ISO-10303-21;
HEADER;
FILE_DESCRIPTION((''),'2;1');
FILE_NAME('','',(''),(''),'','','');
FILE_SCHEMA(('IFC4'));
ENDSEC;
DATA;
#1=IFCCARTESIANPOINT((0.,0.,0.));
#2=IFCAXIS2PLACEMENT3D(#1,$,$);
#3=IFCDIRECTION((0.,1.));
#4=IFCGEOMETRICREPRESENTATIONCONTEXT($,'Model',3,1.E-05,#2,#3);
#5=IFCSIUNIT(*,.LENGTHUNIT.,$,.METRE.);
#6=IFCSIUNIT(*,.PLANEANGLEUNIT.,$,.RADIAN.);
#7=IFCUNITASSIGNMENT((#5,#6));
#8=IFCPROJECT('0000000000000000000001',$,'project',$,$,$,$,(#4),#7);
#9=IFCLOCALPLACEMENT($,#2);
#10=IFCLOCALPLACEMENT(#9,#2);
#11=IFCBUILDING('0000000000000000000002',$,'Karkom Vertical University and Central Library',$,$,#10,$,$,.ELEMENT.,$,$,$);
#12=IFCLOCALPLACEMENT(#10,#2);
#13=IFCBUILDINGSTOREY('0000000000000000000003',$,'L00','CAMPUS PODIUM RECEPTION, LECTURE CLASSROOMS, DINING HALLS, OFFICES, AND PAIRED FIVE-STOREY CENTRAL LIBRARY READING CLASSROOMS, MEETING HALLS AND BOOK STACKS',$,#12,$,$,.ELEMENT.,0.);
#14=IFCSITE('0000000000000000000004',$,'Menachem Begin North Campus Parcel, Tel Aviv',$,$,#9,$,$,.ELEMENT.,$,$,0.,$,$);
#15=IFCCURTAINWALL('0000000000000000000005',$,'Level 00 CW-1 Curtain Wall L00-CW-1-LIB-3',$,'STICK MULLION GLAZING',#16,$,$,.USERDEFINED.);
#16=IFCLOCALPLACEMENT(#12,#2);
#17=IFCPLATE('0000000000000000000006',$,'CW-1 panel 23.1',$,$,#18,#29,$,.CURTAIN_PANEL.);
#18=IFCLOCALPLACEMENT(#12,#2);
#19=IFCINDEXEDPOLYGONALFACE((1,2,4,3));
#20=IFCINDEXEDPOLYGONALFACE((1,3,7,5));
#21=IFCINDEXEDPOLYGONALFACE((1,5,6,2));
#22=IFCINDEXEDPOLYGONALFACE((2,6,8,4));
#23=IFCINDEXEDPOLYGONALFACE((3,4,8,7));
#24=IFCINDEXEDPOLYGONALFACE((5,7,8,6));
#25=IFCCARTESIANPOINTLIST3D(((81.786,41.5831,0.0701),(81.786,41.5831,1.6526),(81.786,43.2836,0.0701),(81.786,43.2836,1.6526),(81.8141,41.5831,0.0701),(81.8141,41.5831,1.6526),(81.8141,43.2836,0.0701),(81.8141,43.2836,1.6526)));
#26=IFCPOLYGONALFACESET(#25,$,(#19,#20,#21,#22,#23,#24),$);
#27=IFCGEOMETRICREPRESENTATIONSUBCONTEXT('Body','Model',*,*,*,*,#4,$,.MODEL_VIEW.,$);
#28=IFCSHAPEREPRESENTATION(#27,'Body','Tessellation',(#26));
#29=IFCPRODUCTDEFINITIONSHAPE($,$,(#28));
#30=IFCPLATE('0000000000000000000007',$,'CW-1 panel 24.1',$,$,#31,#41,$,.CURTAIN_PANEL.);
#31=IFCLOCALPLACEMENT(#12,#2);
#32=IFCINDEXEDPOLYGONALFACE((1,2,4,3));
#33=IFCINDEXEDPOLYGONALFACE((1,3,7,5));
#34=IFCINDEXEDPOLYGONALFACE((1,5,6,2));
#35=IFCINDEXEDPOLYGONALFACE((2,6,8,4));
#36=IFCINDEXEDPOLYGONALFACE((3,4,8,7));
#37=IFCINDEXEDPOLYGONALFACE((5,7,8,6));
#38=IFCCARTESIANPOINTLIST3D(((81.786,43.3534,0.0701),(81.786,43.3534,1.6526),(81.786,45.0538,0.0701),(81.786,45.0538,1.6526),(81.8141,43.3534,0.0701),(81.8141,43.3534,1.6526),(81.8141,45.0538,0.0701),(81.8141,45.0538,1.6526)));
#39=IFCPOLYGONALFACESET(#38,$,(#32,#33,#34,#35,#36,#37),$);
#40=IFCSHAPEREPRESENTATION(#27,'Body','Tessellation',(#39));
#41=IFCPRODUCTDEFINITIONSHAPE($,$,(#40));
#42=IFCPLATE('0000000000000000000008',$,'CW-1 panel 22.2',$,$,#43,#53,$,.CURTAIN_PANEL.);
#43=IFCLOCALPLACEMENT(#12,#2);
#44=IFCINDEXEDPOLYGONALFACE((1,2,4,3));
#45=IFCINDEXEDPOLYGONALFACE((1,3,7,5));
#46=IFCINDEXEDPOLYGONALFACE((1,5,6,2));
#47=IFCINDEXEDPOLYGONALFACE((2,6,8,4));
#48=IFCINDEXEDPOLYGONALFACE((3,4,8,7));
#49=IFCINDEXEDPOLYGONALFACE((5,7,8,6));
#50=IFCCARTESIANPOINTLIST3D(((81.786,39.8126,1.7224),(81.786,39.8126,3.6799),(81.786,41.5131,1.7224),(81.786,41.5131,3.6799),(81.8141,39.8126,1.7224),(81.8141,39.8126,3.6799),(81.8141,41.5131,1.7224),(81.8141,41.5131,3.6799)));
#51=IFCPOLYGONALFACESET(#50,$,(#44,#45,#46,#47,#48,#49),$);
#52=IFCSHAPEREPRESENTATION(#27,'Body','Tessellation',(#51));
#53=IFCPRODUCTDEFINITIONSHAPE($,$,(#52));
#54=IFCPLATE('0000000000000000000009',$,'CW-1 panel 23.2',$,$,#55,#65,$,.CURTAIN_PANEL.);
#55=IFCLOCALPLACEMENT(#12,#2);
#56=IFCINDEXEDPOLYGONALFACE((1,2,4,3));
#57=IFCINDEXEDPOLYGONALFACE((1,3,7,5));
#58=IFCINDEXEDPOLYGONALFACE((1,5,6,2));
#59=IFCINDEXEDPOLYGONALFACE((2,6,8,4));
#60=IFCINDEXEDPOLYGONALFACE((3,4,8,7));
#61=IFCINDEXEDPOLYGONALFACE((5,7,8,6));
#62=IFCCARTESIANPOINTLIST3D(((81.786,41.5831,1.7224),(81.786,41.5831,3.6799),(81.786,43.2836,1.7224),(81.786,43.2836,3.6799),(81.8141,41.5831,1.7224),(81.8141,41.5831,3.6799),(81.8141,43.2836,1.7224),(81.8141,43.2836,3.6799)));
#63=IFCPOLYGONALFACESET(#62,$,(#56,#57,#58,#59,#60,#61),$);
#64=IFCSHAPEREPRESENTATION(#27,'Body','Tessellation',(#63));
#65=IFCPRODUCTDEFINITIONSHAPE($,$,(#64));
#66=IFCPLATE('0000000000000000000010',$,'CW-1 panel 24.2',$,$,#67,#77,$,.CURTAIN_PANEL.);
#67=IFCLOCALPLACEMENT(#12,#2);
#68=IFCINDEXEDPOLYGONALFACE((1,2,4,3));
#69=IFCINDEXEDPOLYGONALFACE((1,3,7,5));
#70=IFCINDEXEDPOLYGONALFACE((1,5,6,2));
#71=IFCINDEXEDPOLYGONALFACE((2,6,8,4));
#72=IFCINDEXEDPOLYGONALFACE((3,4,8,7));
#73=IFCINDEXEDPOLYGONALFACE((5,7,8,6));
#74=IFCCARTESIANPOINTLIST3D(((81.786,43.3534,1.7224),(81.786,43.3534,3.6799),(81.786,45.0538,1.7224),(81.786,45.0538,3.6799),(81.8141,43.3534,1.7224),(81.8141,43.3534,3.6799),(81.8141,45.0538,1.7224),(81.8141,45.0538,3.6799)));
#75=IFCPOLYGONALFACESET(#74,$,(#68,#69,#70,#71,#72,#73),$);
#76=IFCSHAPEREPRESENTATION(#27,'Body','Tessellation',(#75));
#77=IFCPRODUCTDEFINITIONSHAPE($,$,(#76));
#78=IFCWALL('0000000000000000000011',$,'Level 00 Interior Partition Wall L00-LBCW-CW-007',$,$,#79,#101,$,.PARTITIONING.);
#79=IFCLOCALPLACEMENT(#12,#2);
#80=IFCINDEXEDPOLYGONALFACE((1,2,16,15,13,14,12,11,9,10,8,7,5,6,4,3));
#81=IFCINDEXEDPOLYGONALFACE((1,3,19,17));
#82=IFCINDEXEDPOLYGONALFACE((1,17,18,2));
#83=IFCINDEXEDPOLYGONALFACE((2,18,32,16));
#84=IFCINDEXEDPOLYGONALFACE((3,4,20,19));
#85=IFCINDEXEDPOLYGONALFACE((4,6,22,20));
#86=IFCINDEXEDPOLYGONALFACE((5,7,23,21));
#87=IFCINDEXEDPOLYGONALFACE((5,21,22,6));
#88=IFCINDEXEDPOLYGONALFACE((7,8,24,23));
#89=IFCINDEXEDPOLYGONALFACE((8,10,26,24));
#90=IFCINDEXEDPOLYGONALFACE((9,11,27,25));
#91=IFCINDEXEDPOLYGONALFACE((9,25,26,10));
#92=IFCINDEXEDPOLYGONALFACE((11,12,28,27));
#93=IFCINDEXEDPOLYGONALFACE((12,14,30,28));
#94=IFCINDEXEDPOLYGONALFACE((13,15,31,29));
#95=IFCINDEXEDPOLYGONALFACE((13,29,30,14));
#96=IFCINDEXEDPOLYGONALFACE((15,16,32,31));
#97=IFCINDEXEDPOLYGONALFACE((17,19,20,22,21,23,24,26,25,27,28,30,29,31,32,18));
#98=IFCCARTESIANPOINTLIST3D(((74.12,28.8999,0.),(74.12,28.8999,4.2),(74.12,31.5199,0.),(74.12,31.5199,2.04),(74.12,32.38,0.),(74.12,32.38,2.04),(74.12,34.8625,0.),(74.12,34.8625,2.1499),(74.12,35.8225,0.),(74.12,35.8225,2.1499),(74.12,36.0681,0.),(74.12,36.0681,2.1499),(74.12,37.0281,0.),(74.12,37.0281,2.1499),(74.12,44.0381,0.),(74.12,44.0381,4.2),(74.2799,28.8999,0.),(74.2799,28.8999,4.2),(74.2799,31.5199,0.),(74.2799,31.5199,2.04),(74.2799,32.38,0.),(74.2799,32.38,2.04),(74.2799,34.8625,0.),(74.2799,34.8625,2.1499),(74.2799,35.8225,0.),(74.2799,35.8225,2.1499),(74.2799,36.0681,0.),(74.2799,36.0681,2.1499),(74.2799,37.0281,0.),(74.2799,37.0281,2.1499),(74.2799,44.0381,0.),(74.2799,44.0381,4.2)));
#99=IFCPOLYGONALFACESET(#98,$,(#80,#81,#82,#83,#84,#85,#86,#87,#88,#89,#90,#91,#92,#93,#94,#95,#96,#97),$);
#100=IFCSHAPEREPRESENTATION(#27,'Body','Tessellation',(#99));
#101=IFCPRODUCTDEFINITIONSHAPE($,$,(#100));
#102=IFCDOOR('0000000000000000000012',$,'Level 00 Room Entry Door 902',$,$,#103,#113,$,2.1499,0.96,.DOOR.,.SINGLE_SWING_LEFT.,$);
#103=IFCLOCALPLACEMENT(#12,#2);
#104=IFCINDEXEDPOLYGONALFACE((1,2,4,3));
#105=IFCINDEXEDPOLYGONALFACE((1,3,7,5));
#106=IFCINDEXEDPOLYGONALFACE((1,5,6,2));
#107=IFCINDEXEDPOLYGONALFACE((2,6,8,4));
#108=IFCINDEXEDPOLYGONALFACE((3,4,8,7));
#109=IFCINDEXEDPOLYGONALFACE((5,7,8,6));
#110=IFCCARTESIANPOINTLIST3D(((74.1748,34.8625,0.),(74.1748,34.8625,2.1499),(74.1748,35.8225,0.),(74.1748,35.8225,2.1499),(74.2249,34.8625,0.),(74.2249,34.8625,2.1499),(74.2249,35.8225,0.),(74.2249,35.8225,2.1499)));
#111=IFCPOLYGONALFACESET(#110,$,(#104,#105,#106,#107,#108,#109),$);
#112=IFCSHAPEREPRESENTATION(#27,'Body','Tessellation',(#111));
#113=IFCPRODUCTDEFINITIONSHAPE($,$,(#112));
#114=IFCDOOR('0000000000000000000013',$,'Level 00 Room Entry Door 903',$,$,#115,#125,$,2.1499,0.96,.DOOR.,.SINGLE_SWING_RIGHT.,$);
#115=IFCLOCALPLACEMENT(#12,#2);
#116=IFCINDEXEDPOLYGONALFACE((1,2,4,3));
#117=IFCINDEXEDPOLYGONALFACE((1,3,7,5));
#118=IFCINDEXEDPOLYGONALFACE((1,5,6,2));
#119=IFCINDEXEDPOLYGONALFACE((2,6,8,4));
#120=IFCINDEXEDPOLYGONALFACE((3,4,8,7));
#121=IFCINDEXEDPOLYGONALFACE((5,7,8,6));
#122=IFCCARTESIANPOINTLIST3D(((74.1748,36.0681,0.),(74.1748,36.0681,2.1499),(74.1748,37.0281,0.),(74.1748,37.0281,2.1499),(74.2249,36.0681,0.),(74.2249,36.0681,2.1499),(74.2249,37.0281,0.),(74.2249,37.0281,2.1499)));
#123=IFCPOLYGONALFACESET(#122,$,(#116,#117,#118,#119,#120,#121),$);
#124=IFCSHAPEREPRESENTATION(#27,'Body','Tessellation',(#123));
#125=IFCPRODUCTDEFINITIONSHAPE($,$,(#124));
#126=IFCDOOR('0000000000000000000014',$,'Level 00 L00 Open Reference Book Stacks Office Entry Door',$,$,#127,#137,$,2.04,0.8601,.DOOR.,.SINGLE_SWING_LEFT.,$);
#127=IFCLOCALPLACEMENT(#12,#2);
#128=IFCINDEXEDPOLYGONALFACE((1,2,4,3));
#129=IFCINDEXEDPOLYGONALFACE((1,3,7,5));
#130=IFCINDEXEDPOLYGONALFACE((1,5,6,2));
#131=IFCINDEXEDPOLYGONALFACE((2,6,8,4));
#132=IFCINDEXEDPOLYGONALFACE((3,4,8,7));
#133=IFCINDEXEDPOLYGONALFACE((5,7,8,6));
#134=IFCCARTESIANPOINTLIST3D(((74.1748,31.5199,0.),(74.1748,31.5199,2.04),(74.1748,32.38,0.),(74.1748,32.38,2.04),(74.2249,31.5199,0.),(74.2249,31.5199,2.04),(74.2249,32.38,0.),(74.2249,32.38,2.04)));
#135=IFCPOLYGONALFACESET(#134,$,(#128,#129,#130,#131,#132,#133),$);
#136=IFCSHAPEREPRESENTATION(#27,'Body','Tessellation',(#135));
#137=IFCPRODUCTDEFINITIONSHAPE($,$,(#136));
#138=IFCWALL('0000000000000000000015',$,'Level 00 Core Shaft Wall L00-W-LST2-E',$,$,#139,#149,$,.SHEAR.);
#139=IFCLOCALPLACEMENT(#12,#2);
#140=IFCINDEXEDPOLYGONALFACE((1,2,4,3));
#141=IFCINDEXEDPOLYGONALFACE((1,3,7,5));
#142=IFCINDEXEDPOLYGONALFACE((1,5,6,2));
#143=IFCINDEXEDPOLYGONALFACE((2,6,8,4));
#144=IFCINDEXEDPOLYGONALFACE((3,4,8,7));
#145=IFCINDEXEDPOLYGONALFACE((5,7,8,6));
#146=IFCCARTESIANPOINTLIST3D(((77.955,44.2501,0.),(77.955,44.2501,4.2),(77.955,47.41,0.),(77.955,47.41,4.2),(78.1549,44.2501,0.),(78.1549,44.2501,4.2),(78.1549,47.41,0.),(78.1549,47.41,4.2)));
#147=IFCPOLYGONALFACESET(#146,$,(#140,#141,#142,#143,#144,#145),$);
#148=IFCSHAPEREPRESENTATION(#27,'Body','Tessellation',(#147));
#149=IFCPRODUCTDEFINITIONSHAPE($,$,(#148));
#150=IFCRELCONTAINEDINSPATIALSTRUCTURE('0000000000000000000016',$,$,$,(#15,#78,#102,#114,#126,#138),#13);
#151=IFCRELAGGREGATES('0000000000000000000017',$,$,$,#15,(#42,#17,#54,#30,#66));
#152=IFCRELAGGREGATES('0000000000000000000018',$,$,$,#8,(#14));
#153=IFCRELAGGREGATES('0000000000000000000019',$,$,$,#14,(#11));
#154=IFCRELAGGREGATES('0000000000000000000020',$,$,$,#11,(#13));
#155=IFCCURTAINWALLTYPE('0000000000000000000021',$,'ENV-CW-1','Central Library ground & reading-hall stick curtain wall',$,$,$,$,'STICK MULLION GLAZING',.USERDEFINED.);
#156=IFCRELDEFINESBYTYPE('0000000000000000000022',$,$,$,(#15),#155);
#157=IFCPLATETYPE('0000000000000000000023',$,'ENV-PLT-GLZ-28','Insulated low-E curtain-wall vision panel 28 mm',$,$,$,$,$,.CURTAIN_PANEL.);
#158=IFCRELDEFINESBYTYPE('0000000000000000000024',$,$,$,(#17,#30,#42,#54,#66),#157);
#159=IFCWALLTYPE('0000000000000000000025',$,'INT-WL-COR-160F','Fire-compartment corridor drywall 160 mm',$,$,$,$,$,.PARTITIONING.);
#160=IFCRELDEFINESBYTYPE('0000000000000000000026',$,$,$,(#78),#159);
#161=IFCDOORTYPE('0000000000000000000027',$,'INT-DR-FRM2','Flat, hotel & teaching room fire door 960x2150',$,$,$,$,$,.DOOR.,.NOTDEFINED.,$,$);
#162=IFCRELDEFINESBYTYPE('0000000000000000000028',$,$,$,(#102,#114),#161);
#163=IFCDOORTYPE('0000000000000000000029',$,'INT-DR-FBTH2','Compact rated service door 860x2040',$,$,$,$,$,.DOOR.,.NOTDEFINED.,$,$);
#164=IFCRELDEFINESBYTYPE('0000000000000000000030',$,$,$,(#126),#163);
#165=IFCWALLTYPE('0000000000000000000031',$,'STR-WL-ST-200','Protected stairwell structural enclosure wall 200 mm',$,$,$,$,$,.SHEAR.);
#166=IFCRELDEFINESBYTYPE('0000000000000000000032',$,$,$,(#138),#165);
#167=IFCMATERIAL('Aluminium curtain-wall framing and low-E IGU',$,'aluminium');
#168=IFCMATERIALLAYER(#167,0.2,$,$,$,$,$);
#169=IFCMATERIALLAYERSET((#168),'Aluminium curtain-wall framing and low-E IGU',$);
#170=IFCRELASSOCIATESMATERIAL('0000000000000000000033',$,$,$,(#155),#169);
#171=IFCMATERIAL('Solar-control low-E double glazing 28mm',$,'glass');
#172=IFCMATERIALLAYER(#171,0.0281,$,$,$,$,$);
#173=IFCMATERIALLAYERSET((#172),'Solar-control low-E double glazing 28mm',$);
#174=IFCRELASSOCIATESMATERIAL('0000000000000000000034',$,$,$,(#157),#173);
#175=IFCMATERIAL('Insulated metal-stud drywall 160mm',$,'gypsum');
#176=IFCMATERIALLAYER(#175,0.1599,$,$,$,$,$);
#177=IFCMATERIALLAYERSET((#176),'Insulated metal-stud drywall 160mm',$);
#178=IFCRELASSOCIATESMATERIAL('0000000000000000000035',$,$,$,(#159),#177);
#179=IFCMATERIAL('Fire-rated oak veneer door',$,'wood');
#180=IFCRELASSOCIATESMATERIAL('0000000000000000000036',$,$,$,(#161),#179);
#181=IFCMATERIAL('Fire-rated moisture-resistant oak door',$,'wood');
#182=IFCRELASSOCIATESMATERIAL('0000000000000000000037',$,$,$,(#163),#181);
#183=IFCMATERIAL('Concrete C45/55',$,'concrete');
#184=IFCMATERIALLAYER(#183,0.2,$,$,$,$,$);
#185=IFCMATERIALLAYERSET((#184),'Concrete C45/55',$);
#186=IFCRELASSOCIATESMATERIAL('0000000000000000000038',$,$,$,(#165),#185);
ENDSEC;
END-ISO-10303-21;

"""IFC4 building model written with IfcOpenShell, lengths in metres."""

from ifc_helpers import new_model, si_unit, direction, frame, frame_2d, origin, origin_with_axes, origin_2d, place, context, subcontext, project, spatial, rectangle, extrude, source, transform, mapped, material, layer, layer_set, type_object, element, fill, aggregate, save


model = new_model("IFC4")

# Units and contexts
model_context = context("Model", 3, precision=1e-05, world=origin(), true_north=direction((0.0, 1.0)))
body_context = subcontext(model_context, "Body", "Model", "MODEL_VIEW")
ifc_project = project(units=[si_unit("LENGTHUNIT", "METRE"), si_unit("PLANEANGLEUNIT", "RADIAN")], contexts=[model_context])

# Site, building, storey
site_placement = place(None, origin())
site = spatial("IfcSite", under=ifc_project, at=site_placement, Name="Menachem Begin North Campus Parcel, Tel Aviv", CompositionType="ELEMENT", RefElevation=0.0)
building_placement = place(site_placement, origin())
building = spatial("IfcBuilding", under=site, at=building_placement, Name="Karkom Vertical University and Central Library", CompositionType="ELEMENT")
storey_placement = place(building_placement, origin())
storey = spatial("IfcBuildingStorey", under=building, at=storey_placement, Name="L00", Description="CAMPUS PODIUM RECEPTION, LECTURE CLASSROOMS, DINING HALLS, OFFICES, AND PAIRED FIVE-STOREY CENTRAL LIBRARY READING CLASSROOMS, MEETING HALLS AND BOOK STACKS", CompositionType="ELEMENT", Elevation=0.0)

# Shared definitions
ifc_material_1 = material(Name="Concrete C45/55", Category="concrete")

# Curtain wall, plates
ifc_material_2 = material(Name="Aluminium curtain-wall framing and low-E IGU", Category="aluminium")
ifc_layer_1 = layer(ifc_material_2, 0.2)
ifc_layer_set_1 = layer_set([ifc_layer_1], Name="Aluminium curtain-wall framing and low-E IGU")
curtain_wall_type = type_object("IfcCurtainWallType", Name="ENV-CW-1", Description="Central Library ground & reading-hall stick curtain wall", ElementType="STICK MULLION GLAZING", PredefinedType="USERDEFINED", material=ifc_layer_set_1)
curtain_wall_placement = place(storey_placement, origin())
curtain_wall = element("IfcCurtainWall", 1, at=curtain_wall_placement, inside=storey, type_object=curtain_wall_type, Name="Level 00 CW-1 Curtain Wall L00-CW-1-LIB-3", ObjectType="STICK MULLION GLAZING", PredefinedType="USERDEFINED")
ifc_material_3 = material(Name="Solar-control low-E double glazing 28mm", Category="glass")
ifc_layer_2 = layer(ifc_material_3, 0.0281)
ifc_layer_set_2 = layer_set([ifc_layer_2], Name="Solar-control low-E double glazing 28mm")
plate_type = type_object("IfcPlateType", Name="ENV-PLT-GLZ-28", Description="Insulated low-E curtain-wall vision panel 28 mm", PredefinedType="CURTAIN_PANEL", material=ifc_layer_set_2)
shared_shape_1 = source(origin_with_axes(), body_context, "Body", "SweptSolid", [
    extrude(rectangle(XDim=1.7004, YDim=0.0281, at=origin_2d()), origin(), (0.0, 0.0, 1.0), 1.5825),
])
plate_1_placement = place(storey_placement, frame((81.8, 42.4333, 0.0701), z_axis=(0.0, 0.0, 1.0), x_axis=(0.0, 1.0, 0.0)))
plate_1 = element("IfcPlate", 2, at=plate_1_placement, type_object=plate_type, Name="CW-1 panel 23.1", PredefinedType="CURTAIN_PANEL", context=body_context, shape_type="MappedRepresentation", body=[
    mapped(shared_shape_1, transform((0.0, 0.0, 0.0), scale=1.0)),
])
plate_2_placement = place(storey_placement, frame((81.8, 44.2036, 0.0701), z_axis=(0.0, 0.0, 1.0), x_axis=(0.0, 1.0, 0.0)))
plate_2 = element("IfcPlate", 3, at=plate_2_placement, type_object=plate_type, Name="CW-1 panel 24.1", PredefinedType="CURTAIN_PANEL", context=body_context, shape_type="MappedRepresentation", body=[
    mapped(shared_shape_1, transform((0.0, 0.0, 0.0), scale=1.0)),
])
shared_shape_2 = source(origin_with_axes(), body_context, "Body", "SweptSolid", [
    extrude(rectangle(XDim=1.7004, YDim=0.0281, at=origin_2d()), origin(), (0.0, 0.0, 1.0), 1.9575),
])
plate_3_placement = place(storey_placement, frame((81.8, 40.6628, 1.7224), z_axis=(0.0, 0.0, 1.0), x_axis=(0.0, 1.0, 0.0)))
plate_3 = element("IfcPlate", 4, at=plate_3_placement, type_object=plate_type, Name="CW-1 panel 22.2", PredefinedType="CURTAIN_PANEL", context=body_context, shape_type="MappedRepresentation", body=[
    mapped(shared_shape_2, transform((0.0, 0.0, 0.0), scale=1.0)),
])
plate_4_placement = place(storey_placement, frame((81.8, 42.4333, 1.7224), z_axis=(0.0, 0.0, 1.0), x_axis=(0.0, 1.0, 0.0)))
plate_4 = element("IfcPlate", 5, at=plate_4_placement, type_object=plate_type, Name="CW-1 panel 23.2", PredefinedType="CURTAIN_PANEL", context=body_context, shape_type="MappedRepresentation", body=[
    mapped(shared_shape_2, transform((0.0, 0.0, 0.0), scale=1.0)),
])
plate_5_placement = place(storey_placement, frame((81.8, 44.2036, 1.7224), z_axis=(0.0, 0.0, 1.0), x_axis=(0.0, 1.0, 0.0)))
plate_5 = element("IfcPlate", 6, at=plate_5_placement, type_object=plate_type, Name="CW-1 panel 24.2", PredefinedType="CURTAIN_PANEL", context=body_context, shape_type="MappedRepresentation", body=[
    mapped(shared_shape_2, transform((0.0, 0.0, 0.0), scale=1.0)),
])
aggregate(curtain_wall, [plate_3, plate_1, plate_4, plate_2, plate_5])

# Wall, openings, doors
ifc_material_4 = material(Name="Insulated metal-stud drywall 160mm", Category="gypsum")
ifc_layer_3 = layer(ifc_material_4, 0.1599)
ifc_layer_set_3 = layer_set([ifc_layer_3], Name="Insulated metal-stud drywall 160mm")
wall_type_1 = type_object("IfcWallType", Name="INT-WL-COR-160F", Description="Fire-compartment corridor drywall 160 mm", PredefinedType="PARTITIONING", material=ifc_layer_set_3)
wall_1_placement = place(storey_placement, frame((74.2, 44.0381, 0.0), z_axis=(0.0, 0.0, 1.0), x_axis=(0.0, -1.0, 0.0)))
wall_1 = element("IfcWall", 7, at=wall_1_placement, inside=storey, type_object=wall_type_1, Name="Level 00 Interior Partition Wall L00-LBCW-CW-007", PredefinedType="PARTITIONING", context=body_context, shape_type="SweptSolid", body=[
    extrude(rectangle(XDim=15.1382, YDim=0.1599, at=frame_2d((7.5691, 0.0))), origin(), (0.0, 0.0, 1.0), 4.2),
])
opening_1_placement = place(wall_1_placement, frame((8.2156, 0.0, 0.0)))
opening_1 = element("IfcOpeningElement", 8, at=opening_1_placement, cuts=wall_1, PredefinedType="OPENING", context=body_context, shape_type="SweptSolid", body=[
    extrude(rectangle(XDim=0.96, YDim=2.1499, at=frame_2d((0.48, 1.075))), frame((0.0, 0.0898, 0.0), z_axis=(0.0, -1.0, 0.0), x_axis=(1.0, 0.0, 0.0)), (0.0, 0.0, 1.0), 0.1799),
])
opening_2_placement = place(wall_1_placement, frame((7.01, 0.0, 0.0)))
opening_2 = element("IfcOpeningElement", 9, at=opening_2_placement, cuts=wall_1, PredefinedType="OPENING", context=body_context, shape_type="SweptSolid", body=[
    extrude(rectangle(XDim=0.96, YDim=2.1499, at=frame_2d((0.48, 1.075))), frame((0.0, 0.0898, 0.0), z_axis=(0.0, -1.0, 0.0), x_axis=(1.0, 0.0, 0.0)), (0.0, 0.0, 1.0), 0.1799),
])
opening_3_placement = place(wall_1_placement, frame((11.658, 0.0, 0.0)))
opening_3 = element("IfcOpeningElement", 10, at=opening_3_placement, cuts=wall_1, PredefinedType="OPENING", context=body_context, shape_type="SweptSolid", body=[
    extrude(rectangle(XDim=0.8601, YDim=2.04, at=frame_2d((0.4302, 1.02))), frame((0.0, 0.0898, 0.0), z_axis=(0.0, -1.0, 0.0), x_axis=(1.0, 0.0, 0.0)), (0.0, 0.0, 1.0), 0.1799),
])
ifc_material_5 = material(Name="Fire-rated oak veneer door", Category="wood")
door_type_1 = type_object("IfcDoorType", Name="INT-DR-FRM2", Description="Flat, hotel & teaching room fire door 960x2150", OperationType="NOTDEFINED", PredefinedType="DOOR", material=ifc_material_5)
shared_shape_3 = source(origin_with_axes(), body_context, "Body", "SweptSolid", [
    extrude(rectangle(XDim=0.96, YDim=2.1499, at=frame_2d((0.48, 1.075))), frame((0.0, 0.0249, 0.0), z_axis=(0.0, -1.0, 0.0), x_axis=(1.0, 0.0, 0.0)), (0.0, 0.0, 1.0), 0.05),
])
door_1_placement = place(opening_1_placement, origin())
door_1 = element("IfcDoor", 11, at=door_1_placement, inside=storey, type_object=door_type_1, Name="Level 00 Room Entry Door 902", OperationType="SINGLE_SWING_LEFT", OverallHeight=2.1499, OverallWidth=0.96, PredefinedType="DOOR", context=body_context, shape_type="MappedRepresentation", body=[
    mapped(shared_shape_3, transform((0.0, 0.0, 0.0), scale=1.0)),
])
fill(opening_1, door_1)
door_2_placement = place(opening_2_placement, origin())
door_2 = element("IfcDoor", 12, at=door_2_placement, inside=storey, type_object=door_type_1, Name="Level 00 Room Entry Door 903", OperationType="SINGLE_SWING_RIGHT", OverallHeight=2.1499, OverallWidth=0.96, PredefinedType="DOOR", context=body_context, shape_type="MappedRepresentation", body=[
    mapped(shared_shape_3, transform((0.0, 0.0, 0.0), scale=1.0)),
])
fill(opening_2, door_2)
ifc_material_6 = material(Name="Fire-rated moisture-resistant oak door", Category="wood")
door_type_2 = type_object("IfcDoorType", Name="INT-DR-FBTH2", Description="Compact rated service door 860x2040", OperationType="NOTDEFINED", PredefinedType="DOOR", material=ifc_material_6)
shared_shape_4 = source(origin_with_axes(), body_context, "Body", "SweptSolid", [
    extrude(rectangle(XDim=0.8601, YDim=2.04, at=frame_2d((0.4302, 1.02))), frame((0.0, 0.0249, 0.0), z_axis=(0.0, -1.0, 0.0), x_axis=(1.0, 0.0, 0.0)), (0.0, 0.0, 1.0), 0.05),
])
door_3_placement = place(opening_3_placement, origin())
door_3 = element("IfcDoor", 13, at=door_3_placement, inside=storey, type_object=door_type_2, Name="Level 00 L00 Open Reference Book Stacks Office Entry Door", OperationType="SINGLE_SWING_LEFT", OverallHeight=2.04, OverallWidth=0.8601, PredefinedType="DOOR", context=body_context, shape_type="MappedRepresentation", body=[
    mapped(shared_shape_4, transform((0.0, 0.0, 0.0), scale=1.0)),
])
fill(opening_3, door_3)

# Wall
ifc_layer_4 = layer(ifc_material_1, 0.2)
ifc_layer_set_4 = layer_set([ifc_layer_4], Name="Concrete C45/55")
wall_type_2 = type_object("IfcWallType", Name="STR-WL-ST-200", Description="Protected stairwell structural enclosure wall 200 mm", PredefinedType="SHEAR", material=ifc_layer_set_4)
wall_2_placement = place(storey_placement, frame((78.0549, 44.25, 0.0), z_axis=(0.0, 0.0, 1.0), x_axis=(0.0, 1.0, 0.0)))
element("IfcWall", 14, at=wall_2_placement, inside=storey, type_object=wall_type_2, Name="Level 00 Core Shaft Wall L00-W-LST2-E", PredefinedType="SHEAR", context=body_context, shape_type="SweptSolid", body=[
    extrude(rectangle(XDim=3.1599, YDim=0.2, at=frame_2d((1.5801, 0.0))), origin(), (0.0, 0.0, 1.0), 4.2),
])

save(model, "model.ifc")
